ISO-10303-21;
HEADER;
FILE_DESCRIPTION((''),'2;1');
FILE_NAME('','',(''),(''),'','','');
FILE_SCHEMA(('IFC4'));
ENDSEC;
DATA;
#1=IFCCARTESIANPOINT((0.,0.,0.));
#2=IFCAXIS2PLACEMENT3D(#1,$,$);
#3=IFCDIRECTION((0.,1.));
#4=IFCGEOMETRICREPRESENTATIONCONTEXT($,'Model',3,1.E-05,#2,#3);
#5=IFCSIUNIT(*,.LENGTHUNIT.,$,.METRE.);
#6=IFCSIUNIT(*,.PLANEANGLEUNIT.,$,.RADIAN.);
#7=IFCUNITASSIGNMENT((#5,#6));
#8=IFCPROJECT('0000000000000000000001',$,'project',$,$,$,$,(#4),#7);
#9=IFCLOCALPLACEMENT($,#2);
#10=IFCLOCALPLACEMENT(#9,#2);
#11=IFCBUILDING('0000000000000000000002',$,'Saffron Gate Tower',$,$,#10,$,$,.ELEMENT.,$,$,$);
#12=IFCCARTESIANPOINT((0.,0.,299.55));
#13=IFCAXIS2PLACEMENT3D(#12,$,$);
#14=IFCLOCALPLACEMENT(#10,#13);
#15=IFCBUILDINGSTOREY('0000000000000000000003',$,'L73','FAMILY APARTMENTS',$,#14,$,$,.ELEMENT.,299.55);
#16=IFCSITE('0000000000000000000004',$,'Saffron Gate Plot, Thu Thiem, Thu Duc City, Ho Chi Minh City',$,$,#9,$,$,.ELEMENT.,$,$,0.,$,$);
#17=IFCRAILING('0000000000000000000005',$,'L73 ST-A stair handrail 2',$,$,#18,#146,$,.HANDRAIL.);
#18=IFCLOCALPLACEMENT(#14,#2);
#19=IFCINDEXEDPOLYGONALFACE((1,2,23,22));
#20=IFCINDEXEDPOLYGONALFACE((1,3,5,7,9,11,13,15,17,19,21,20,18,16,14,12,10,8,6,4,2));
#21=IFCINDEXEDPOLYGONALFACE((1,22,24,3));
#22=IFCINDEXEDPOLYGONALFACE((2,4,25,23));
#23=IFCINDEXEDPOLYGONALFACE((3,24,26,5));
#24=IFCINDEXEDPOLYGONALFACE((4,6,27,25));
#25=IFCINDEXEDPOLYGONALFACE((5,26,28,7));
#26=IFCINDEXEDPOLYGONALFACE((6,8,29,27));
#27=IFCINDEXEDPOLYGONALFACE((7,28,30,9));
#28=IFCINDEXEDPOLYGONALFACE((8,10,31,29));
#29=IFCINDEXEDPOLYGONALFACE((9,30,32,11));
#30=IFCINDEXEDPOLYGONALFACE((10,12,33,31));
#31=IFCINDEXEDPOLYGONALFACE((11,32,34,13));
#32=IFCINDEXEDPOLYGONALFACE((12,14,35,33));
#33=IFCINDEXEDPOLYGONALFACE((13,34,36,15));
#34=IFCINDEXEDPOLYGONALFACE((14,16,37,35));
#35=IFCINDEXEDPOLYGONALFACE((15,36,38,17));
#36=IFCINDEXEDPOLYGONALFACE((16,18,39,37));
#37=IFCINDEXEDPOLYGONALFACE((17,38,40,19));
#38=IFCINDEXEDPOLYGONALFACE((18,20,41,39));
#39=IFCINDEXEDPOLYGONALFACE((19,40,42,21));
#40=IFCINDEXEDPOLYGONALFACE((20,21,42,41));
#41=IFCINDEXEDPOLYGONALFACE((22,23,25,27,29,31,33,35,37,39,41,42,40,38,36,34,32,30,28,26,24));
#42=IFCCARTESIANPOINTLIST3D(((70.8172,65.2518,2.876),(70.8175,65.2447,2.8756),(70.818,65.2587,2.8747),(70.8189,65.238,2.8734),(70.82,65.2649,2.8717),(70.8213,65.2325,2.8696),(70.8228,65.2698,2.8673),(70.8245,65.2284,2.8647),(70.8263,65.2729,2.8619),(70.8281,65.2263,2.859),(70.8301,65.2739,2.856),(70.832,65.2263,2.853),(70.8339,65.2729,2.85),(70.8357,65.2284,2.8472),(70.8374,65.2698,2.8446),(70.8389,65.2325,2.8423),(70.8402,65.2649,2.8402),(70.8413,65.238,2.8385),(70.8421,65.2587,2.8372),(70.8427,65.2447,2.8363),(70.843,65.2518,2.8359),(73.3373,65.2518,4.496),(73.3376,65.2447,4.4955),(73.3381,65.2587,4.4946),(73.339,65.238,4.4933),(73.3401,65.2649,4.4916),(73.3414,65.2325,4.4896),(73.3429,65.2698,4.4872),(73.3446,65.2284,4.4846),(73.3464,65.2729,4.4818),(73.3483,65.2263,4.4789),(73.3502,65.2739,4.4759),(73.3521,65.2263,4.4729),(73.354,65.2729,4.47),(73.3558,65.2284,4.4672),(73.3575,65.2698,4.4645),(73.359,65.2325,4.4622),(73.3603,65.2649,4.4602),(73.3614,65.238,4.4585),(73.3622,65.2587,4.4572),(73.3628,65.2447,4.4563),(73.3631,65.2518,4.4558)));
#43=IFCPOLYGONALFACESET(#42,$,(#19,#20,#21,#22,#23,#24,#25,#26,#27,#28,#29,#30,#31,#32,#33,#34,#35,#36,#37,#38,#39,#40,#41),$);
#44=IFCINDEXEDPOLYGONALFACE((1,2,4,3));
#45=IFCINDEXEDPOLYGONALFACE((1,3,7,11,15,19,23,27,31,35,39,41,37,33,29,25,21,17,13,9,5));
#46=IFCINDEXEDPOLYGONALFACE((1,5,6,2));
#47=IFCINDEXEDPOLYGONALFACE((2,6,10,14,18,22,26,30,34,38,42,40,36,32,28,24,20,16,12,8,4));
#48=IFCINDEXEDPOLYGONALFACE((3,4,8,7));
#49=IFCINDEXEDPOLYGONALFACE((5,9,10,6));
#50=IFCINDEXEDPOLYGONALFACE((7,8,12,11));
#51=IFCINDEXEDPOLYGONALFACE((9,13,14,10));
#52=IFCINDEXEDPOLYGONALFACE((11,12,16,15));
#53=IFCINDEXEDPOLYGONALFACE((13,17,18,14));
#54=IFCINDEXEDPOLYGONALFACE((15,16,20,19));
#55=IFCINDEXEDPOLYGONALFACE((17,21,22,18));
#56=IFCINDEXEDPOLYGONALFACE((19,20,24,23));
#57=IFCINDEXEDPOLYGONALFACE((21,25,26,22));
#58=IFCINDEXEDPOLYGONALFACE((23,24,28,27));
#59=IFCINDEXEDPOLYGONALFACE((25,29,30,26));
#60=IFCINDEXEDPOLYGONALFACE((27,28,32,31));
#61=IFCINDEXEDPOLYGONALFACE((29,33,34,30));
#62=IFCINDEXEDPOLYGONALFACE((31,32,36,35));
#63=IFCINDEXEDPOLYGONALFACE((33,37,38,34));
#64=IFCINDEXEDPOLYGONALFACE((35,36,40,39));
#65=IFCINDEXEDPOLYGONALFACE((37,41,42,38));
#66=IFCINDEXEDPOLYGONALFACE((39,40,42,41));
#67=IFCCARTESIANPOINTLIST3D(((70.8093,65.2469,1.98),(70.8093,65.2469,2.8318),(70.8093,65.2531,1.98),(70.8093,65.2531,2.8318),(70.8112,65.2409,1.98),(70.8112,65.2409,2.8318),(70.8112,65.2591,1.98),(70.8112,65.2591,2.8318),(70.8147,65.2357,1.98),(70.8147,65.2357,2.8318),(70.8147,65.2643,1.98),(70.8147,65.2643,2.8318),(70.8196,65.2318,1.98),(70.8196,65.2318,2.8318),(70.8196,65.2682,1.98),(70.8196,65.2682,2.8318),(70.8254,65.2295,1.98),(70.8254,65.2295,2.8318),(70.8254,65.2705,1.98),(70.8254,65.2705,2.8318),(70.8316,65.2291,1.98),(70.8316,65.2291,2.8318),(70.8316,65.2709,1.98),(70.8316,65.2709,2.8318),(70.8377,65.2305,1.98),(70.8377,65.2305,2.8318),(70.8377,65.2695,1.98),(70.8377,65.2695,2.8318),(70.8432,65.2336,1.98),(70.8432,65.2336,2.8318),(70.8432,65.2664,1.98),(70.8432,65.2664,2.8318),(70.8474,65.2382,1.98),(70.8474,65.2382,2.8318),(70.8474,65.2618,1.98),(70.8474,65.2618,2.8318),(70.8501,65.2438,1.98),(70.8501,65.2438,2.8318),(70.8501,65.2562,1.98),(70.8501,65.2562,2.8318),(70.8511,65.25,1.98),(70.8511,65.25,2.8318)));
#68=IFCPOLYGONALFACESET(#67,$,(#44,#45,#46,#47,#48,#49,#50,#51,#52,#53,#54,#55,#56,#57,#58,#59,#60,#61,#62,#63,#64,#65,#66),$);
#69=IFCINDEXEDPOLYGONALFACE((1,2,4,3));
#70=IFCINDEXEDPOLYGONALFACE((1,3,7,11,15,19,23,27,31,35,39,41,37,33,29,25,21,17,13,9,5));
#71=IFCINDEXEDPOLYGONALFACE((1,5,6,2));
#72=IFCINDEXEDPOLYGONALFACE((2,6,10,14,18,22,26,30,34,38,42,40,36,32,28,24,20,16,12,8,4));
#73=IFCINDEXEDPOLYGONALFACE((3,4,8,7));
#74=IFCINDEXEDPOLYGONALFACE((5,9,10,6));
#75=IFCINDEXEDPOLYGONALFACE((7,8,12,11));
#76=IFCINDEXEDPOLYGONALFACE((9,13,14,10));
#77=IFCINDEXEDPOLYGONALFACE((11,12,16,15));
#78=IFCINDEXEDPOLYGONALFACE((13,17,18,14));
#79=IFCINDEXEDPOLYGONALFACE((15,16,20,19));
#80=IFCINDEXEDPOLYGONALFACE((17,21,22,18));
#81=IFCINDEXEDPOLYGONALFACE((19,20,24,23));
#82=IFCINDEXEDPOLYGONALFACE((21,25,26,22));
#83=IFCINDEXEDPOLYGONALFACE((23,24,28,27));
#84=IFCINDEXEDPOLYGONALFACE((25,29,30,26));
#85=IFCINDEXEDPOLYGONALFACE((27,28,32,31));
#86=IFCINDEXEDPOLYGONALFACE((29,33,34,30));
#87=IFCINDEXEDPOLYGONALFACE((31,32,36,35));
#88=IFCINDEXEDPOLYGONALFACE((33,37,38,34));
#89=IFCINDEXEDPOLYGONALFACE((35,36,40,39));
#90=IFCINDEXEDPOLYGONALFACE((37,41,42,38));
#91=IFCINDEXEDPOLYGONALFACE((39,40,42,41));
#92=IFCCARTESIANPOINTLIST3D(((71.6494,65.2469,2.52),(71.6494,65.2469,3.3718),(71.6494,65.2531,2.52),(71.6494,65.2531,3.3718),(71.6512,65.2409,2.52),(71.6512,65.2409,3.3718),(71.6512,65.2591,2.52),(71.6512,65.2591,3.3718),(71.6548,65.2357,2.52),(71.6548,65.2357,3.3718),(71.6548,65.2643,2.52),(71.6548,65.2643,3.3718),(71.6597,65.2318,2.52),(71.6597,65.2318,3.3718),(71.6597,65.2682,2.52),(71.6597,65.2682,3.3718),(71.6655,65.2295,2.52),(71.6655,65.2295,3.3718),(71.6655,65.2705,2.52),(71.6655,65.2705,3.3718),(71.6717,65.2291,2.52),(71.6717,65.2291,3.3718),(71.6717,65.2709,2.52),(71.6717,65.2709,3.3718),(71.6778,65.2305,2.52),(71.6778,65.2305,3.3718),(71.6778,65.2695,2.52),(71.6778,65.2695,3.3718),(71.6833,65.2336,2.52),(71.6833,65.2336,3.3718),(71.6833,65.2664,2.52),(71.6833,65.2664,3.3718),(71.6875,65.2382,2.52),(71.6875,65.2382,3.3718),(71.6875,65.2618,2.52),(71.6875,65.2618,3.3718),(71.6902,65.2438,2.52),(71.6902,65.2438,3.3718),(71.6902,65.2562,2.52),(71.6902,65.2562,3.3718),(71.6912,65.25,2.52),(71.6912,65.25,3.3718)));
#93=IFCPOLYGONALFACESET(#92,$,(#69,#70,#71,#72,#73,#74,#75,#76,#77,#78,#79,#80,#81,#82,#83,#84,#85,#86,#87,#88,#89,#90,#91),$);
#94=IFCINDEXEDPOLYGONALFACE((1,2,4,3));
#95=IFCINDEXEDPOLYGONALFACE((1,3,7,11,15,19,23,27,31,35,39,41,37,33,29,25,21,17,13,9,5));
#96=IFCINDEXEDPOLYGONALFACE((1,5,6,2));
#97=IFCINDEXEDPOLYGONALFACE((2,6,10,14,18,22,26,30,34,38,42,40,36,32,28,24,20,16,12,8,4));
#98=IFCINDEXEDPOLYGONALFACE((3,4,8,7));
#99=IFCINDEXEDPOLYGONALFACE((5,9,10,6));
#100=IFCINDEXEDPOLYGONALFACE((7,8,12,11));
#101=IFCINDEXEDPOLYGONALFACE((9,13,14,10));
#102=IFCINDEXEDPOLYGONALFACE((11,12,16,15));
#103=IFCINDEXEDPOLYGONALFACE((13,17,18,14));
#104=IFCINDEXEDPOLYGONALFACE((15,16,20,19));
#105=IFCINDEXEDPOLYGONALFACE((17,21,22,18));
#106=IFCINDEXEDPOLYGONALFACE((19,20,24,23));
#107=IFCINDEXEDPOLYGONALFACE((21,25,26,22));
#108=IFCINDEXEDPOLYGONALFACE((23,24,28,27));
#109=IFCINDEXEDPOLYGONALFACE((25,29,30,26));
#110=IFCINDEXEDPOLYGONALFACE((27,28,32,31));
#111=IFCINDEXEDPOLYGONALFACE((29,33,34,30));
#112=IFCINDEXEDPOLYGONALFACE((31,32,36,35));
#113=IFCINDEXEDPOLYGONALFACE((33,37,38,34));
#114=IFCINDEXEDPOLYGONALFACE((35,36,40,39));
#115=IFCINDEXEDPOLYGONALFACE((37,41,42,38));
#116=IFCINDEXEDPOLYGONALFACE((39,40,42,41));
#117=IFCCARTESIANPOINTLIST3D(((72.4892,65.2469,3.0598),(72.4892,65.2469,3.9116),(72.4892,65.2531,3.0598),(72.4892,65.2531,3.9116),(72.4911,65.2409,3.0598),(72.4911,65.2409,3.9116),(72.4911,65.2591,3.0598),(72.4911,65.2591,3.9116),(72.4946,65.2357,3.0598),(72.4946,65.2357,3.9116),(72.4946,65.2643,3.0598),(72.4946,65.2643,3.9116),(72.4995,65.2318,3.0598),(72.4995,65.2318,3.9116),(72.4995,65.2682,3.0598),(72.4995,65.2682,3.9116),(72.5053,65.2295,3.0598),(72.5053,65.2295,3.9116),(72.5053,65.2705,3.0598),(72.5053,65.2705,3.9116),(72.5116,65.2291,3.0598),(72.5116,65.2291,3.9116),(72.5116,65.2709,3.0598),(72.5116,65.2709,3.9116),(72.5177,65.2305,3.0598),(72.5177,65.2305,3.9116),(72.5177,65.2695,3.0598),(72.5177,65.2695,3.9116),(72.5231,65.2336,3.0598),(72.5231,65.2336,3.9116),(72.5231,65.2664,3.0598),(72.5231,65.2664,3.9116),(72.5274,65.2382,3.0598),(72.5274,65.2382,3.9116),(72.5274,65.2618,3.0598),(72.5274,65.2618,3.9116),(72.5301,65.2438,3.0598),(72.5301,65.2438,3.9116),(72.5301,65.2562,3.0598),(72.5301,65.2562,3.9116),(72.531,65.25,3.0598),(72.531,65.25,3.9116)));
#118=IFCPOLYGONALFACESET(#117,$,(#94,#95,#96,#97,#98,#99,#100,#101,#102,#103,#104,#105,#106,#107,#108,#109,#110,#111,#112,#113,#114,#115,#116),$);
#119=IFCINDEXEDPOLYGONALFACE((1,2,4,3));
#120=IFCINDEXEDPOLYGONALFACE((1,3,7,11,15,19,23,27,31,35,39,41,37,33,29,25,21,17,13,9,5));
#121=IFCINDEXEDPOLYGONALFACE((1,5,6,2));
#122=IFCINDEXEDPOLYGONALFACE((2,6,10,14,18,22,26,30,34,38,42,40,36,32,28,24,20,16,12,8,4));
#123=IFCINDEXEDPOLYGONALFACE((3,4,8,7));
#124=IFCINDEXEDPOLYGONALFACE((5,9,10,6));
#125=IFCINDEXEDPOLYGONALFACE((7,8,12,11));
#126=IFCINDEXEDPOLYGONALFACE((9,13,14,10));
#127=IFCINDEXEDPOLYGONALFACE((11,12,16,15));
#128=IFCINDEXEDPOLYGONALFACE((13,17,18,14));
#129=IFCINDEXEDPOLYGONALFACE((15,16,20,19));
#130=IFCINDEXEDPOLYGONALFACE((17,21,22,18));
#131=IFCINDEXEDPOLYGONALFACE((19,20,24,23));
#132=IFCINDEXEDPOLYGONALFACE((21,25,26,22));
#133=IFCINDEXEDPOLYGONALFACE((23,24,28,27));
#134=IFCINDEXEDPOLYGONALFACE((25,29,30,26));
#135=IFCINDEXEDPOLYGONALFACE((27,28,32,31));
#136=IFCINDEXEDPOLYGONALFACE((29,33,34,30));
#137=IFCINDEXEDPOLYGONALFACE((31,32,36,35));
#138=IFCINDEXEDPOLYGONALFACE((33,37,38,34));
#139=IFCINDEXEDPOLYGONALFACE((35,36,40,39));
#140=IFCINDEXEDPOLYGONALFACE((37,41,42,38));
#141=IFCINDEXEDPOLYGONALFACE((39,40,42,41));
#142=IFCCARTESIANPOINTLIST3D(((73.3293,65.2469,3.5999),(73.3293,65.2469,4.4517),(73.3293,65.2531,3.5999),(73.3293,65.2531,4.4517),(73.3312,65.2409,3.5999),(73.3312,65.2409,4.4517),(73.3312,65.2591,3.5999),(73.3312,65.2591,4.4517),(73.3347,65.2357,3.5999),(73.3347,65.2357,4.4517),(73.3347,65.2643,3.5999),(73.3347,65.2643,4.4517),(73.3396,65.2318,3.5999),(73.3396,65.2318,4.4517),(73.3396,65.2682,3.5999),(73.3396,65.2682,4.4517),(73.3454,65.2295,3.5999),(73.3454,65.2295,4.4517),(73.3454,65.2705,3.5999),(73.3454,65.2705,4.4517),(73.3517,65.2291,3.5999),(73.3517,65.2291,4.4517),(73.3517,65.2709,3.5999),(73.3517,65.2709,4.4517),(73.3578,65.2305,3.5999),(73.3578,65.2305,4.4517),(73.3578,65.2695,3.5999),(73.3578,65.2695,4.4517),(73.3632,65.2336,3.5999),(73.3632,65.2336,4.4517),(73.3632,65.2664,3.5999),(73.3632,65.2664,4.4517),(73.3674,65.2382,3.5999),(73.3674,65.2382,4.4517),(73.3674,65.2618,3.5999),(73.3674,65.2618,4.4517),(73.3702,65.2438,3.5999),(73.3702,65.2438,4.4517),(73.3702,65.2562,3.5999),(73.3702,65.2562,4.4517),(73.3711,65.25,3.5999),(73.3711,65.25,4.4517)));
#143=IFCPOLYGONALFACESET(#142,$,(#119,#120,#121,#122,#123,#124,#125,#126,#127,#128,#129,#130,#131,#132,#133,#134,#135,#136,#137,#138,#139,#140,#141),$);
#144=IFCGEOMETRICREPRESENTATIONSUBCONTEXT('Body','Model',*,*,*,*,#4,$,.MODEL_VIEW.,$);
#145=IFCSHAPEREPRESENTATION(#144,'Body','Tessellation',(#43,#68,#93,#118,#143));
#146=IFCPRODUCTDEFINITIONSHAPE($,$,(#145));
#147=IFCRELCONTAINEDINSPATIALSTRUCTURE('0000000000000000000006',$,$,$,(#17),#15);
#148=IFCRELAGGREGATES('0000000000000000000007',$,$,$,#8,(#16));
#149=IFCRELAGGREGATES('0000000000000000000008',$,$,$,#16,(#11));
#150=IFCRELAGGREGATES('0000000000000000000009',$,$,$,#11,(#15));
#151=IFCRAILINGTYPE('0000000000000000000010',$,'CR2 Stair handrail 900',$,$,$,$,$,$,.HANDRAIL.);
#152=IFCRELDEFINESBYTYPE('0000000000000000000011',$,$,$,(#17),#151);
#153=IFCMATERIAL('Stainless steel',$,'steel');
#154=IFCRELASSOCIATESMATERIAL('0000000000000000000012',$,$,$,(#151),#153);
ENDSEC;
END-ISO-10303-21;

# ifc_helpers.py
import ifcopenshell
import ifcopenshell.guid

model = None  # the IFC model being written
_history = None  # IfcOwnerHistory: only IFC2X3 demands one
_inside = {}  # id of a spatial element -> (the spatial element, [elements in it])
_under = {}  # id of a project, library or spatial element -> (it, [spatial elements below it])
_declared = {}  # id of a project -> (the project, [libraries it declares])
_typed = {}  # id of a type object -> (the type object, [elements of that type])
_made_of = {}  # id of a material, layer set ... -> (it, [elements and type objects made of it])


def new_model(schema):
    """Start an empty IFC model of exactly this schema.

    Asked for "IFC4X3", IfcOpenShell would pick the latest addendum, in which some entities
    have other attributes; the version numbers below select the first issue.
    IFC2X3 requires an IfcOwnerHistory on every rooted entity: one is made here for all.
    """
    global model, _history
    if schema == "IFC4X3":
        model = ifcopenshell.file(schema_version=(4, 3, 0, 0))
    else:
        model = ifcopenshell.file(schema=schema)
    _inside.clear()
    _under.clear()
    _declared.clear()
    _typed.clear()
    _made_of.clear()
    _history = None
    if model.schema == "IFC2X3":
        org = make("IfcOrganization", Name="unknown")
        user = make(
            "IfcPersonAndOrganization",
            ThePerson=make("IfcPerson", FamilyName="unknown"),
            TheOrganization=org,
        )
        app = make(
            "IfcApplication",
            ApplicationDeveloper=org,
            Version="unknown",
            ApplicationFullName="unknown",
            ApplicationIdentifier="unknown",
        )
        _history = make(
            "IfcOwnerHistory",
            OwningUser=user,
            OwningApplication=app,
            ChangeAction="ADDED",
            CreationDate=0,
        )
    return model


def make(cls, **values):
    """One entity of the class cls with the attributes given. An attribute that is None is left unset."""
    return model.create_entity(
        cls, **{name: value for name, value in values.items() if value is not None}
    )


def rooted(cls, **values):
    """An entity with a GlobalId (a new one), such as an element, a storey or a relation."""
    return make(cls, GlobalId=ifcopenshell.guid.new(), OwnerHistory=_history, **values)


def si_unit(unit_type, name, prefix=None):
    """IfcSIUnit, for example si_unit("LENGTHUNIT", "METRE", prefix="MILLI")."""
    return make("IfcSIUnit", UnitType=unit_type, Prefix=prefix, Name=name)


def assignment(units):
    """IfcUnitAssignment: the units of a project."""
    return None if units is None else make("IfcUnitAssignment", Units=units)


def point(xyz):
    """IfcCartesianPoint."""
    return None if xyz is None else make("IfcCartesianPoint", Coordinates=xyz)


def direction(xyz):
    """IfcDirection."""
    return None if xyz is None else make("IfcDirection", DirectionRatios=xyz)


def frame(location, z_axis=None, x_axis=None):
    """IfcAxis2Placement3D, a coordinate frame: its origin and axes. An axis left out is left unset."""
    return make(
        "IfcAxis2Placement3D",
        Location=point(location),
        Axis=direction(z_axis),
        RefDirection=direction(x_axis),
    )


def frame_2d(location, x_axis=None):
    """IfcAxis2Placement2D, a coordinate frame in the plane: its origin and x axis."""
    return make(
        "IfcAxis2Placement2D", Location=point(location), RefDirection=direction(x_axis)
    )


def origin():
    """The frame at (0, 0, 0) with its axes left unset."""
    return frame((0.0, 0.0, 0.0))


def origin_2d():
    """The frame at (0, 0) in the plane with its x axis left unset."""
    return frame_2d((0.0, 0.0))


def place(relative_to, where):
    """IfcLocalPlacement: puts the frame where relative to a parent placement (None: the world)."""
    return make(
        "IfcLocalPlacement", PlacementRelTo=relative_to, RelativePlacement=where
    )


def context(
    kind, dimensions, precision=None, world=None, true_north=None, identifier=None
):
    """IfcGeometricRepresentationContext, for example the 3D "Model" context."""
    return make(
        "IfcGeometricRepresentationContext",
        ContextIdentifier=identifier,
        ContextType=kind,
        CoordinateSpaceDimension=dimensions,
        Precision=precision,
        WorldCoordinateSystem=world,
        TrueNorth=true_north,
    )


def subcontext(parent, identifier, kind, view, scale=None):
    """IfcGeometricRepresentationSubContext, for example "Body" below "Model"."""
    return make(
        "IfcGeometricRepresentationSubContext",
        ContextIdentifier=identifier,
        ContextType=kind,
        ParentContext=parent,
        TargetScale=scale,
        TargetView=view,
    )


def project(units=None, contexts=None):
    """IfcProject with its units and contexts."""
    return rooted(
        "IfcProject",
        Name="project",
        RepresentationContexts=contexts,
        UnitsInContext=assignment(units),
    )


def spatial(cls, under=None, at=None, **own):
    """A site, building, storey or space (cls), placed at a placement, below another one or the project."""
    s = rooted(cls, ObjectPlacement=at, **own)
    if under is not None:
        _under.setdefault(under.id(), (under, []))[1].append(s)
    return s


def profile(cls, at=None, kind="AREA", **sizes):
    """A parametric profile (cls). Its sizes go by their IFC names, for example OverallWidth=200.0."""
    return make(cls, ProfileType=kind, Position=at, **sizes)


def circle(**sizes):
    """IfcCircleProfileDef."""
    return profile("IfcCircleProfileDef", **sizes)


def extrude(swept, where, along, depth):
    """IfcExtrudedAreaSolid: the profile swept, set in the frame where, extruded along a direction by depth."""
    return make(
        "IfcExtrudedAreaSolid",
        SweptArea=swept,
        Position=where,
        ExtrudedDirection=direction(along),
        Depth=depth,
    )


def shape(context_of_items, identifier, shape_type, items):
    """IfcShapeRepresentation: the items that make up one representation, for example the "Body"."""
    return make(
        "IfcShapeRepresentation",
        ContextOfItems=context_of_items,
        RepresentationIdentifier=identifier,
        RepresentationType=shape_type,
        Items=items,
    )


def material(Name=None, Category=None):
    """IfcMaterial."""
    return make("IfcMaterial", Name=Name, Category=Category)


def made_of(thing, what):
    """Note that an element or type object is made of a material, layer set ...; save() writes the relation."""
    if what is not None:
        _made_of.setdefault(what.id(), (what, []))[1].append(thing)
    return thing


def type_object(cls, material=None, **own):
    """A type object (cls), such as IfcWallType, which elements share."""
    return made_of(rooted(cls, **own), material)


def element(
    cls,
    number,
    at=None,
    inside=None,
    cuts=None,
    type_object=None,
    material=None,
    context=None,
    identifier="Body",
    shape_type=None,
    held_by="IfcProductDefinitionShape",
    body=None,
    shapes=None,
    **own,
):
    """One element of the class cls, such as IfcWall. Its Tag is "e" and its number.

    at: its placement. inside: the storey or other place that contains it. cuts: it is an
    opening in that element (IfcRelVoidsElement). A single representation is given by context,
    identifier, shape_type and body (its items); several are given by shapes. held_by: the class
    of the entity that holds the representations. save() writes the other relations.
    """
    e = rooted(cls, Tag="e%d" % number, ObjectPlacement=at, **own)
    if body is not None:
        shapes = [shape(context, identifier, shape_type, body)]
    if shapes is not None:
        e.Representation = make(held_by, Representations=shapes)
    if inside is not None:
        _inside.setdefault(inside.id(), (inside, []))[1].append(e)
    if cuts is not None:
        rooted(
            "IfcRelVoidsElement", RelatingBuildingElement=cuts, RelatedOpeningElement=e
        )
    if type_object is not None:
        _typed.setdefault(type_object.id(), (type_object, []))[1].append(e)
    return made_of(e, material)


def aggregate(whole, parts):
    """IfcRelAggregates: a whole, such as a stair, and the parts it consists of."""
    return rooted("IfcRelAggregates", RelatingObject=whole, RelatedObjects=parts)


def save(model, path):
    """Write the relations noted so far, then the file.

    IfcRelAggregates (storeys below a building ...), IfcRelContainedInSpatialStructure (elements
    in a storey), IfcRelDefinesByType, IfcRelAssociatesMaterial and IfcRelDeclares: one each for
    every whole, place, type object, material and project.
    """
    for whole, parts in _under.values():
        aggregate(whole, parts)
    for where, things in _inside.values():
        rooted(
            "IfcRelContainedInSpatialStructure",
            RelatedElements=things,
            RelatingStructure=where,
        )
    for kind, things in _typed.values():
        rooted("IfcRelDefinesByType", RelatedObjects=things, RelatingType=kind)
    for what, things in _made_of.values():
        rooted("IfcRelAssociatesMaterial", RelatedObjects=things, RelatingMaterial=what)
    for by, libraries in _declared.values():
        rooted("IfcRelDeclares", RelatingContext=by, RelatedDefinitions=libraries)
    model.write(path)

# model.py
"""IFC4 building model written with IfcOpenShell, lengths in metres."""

from ifc_helpers import new_model, si_unit, direction, frame, origin, origin_2d, place, context, subcontext, project, spatial, circle, extrude, material, type_object, element, save


model = new_model("IFC4")

# Units and contexts
model_context = context("Model", 3, precision=1e-05, world=origin(), true_north=direction((0.0, 1.0)))
body_context = subcontext(model_context, "Body", "Model", "MODEL_VIEW")
ifc_project = project(units=[si_unit("LENGTHUNIT", "METRE"), si_unit("PLANEANGLEUNIT", "RADIAN")], contexts=[model_context])

# Site, building, storey
site_placement = place(None, origin())
site = spatial("IfcSite", under=ifc_project, at=site_placement, Name="Saffron Gate Plot, Thu Thiem, Thu Duc City, Ho Chi Minh City", CompositionType="ELEMENT", RefElevation=0.0)
building_placement = place(site_placement, origin())
building = spatial("IfcBuilding", under=site, at=building_placement, Name="Saffron Gate Tower", CompositionType="ELEMENT")
storey_placement = place(building_placement, frame((0.0, 0.0, 299.55)))
storey = spatial("IfcBuildingStorey", under=building, at=storey_placement, Name="L73", Description="FAMILY APARTMENTS", CompositionType="ELEMENT", Elevation=299.55)

# Railing
ifc_material_1 = material(Name="Stainless steel", Category="steel")
railing_type_1 = type_object("IfcRailingType", Name="CR2 Stair handrail 900", PredefinedType="HANDRAIL", material=ifc_material_1)
railing_1_placement = place(storey_placement, frame((70.8301, 65.25, 1.98)))
element("IfcRailing", 1, at=railing_1_placement, inside=storey, type_object=railing_type_1, Name="L73 ST-A stair handrail 2", PredefinedType="HANDRAIL", context=body_context, shape_type="SweptSolid", body=[
    extrude(circle(Radius=0.0239, at=origin_2d()), frame((0.0, 0.0, 0.876), z_axis=(0.8412, 0.0, 0.540725), x_axis=(0.0, 1.0, 0.0)), (0.0, 0.0, 1.0), 2.9958),
    extrude(circle(Radius=0.021, at=origin_2d()), origin(), (0.0, 0.0, 1.0), 0.8518),
    extrude(circle(Radius=0.021, at=origin_2d()), frame((0.8401, 0.0, 0.54)), (0.0, 0.0, 1.0), 0.8518),
    extrude(circle(Radius=0.021, at=origin_2d()), frame((1.6799, 0.0, 1.0798)), (0.0, 0.0, 1.0), 0.8518),
    extrude(circle(Radius=0.021, at=origin_2d()), frame((2.52, 0.0, 1.6199)), (0.0, 0.0, 1.0), 0.8518),
])

save(model, "model.ifc")
